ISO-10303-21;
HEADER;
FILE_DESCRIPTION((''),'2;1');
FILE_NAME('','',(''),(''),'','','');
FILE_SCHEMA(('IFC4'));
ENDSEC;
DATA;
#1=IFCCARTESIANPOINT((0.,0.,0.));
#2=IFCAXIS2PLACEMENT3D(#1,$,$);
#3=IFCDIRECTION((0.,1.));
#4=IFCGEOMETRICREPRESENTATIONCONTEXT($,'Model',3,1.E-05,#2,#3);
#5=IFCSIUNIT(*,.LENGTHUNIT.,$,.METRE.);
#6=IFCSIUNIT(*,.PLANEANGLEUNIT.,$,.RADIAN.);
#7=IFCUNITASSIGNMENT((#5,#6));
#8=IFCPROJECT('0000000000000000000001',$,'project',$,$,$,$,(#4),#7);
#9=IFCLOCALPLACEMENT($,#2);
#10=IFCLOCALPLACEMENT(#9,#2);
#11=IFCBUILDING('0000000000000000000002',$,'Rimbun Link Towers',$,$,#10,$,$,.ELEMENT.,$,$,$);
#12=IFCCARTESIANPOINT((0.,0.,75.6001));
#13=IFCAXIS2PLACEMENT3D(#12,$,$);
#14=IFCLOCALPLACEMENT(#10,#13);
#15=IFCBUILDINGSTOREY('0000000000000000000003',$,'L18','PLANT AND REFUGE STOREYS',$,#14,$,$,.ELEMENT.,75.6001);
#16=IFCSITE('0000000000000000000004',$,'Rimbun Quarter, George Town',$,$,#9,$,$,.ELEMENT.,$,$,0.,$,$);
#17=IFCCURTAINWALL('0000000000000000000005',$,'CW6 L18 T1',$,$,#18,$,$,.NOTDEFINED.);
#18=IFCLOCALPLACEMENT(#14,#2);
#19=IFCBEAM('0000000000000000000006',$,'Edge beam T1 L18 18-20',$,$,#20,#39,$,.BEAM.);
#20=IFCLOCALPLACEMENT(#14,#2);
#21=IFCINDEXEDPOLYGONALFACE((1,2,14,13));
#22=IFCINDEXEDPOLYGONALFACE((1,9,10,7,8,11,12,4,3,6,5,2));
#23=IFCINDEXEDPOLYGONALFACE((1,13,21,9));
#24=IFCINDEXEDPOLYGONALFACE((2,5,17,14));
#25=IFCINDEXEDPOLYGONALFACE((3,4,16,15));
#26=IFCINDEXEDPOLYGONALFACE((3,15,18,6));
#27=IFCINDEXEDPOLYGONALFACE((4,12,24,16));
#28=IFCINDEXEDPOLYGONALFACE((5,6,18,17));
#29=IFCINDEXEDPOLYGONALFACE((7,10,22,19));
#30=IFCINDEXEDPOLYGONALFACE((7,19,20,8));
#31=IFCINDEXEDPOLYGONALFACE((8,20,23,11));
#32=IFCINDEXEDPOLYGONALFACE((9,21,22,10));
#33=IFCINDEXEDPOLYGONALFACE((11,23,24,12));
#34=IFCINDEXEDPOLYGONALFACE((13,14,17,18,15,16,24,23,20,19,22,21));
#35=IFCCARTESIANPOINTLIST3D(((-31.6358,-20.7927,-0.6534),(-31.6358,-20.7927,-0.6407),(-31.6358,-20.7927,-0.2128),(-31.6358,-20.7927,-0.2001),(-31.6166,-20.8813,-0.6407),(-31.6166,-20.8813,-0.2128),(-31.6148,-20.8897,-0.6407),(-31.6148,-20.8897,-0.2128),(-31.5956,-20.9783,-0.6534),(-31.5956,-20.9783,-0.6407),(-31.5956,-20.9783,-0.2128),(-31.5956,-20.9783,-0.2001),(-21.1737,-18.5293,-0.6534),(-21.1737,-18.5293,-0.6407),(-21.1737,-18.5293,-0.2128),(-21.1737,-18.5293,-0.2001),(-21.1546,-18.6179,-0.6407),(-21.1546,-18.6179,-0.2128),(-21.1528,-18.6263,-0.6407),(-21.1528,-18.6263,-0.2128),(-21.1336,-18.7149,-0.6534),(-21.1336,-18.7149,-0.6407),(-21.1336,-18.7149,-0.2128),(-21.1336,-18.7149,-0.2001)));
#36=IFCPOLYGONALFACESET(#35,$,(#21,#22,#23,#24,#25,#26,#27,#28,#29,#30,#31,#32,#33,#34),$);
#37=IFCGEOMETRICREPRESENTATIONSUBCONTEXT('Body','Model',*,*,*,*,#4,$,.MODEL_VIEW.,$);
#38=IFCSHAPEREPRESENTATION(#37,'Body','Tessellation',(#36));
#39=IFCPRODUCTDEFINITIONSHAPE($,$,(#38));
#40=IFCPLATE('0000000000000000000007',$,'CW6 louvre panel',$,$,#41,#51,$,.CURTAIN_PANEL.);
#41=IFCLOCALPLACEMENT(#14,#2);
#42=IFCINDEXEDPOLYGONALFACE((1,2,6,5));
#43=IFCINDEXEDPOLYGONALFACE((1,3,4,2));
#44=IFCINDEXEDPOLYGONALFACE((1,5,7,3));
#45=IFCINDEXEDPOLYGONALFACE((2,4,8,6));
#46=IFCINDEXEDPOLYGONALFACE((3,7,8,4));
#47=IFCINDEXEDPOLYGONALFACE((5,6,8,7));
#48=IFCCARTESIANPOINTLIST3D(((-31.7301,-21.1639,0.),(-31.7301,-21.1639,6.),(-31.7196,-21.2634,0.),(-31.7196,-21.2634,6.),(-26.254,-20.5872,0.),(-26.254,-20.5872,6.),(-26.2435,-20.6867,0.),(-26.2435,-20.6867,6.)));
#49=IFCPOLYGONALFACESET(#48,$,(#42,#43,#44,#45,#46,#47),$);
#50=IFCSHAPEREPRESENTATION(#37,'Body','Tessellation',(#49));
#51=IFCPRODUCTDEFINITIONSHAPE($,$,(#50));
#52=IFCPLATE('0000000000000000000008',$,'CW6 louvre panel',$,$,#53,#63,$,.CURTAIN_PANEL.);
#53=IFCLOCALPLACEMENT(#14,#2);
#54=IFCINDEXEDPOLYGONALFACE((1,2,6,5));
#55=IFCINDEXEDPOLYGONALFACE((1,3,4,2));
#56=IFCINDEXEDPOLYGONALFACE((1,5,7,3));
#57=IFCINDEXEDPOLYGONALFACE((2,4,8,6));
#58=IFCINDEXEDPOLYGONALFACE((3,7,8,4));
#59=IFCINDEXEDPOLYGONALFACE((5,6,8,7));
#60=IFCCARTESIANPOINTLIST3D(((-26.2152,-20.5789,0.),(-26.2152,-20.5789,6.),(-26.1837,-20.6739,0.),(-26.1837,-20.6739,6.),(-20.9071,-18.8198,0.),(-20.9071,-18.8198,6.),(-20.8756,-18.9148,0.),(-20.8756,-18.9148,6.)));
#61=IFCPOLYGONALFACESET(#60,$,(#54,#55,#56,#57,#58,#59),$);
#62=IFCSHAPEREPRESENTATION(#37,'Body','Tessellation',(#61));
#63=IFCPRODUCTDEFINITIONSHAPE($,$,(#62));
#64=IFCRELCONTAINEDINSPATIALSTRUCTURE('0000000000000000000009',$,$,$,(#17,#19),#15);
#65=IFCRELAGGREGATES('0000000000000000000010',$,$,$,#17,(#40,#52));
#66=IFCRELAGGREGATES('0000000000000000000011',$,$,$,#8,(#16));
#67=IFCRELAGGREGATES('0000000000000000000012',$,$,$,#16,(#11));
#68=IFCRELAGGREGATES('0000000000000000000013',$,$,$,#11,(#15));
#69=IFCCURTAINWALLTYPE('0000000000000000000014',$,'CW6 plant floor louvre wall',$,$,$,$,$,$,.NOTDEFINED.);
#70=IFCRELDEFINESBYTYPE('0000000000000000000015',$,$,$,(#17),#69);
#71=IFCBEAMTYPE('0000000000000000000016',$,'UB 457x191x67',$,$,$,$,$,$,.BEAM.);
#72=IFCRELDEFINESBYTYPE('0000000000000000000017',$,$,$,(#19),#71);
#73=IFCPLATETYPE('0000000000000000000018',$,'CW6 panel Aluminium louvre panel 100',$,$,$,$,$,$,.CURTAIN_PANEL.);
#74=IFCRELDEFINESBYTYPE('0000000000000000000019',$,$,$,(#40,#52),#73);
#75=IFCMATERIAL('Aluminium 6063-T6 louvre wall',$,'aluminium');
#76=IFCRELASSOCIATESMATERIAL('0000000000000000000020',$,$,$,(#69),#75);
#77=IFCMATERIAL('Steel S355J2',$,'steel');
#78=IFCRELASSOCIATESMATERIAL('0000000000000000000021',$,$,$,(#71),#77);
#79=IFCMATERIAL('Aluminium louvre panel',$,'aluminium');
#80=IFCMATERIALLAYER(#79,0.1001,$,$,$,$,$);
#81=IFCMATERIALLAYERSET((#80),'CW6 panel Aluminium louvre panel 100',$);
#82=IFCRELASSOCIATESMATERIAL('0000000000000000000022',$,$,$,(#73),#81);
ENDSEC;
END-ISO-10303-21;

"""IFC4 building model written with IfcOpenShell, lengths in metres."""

from ifc_helpers import new_model, si_unit, direction, frame, origin, origin_2d, place, context, subcontext, project, spatial, rectangle, i_section, extrude, material, layer, layer_set, material_profile, profile_set, type_object, element, aggregate, save


model = new_model("IFC4")

# Units and contexts
model_context = context("Model", 3, precision=1e-05, world=origin(), true_north=direction((0.0, 1.0)))
body_context = subcontext(model_context, "Body", "Model", "MODEL_VIEW")
ifc_project = project(units=[si_unit("LENGTHUNIT", "METRE"), si_unit("PLANEANGLEUNIT", "RADIAN")], contexts=[model_context])

# Site, building, storey
site_placement = place(None, origin())
site = spatial("IfcSite", under=ifc_project, at=site_placement, Name="Rimbun Quarter, George Town", CompositionType="ELEMENT", RefElevation=0.0)
building_placement = place(site_placement, origin())
building = spatial("IfcBuilding", under=site, at=building_placement, Name="Rimbun Link Towers", CompositionType="ELEMENT")
storey_placement = place(building_placement, frame((0.0, 0.0, 75.6001)))
storey = spatial("IfcBuildingStorey", under=building, at=storey_placement, Name="L18", Description="PLANT AND REFUGE STOREYS", CompositionType="ELEMENT", Elevation=75.6001)

# Curtain wall
ifc_material_1 = material(Name="Aluminium 6063-T6 louvre wall", Category="aluminium")
curtain_wall_type = type_object("IfcCurtainWallType", Name="CW6 plant floor louvre wall", PredefinedType="NOTDEFINED", material=ifc_material_1)
curtain_wall_placement = place(storey_placement, origin())
curtain_wall = element("IfcCurtainWall", 1, at=curtain_wall_placement, inside=storey, type_object=curtain_wall_type, Name="CW6 L18 T1", PredefinedType="NOTDEFINED")

# Beam
ifc_material_2 = material(Name="Steel S355J2", Category="steel")
ifc_material_profile_1 = material_profile(ifc_material_2, i_section(OverallWidth=0.1899, OverallDepth=0.4534, WebThickness=0.0085, FlangeThickness=0.0127, at=origin_2d()), Name="UB 457x191x67")
ifc_profile_set_1 = profile_set([ifc_material_profile_1], Name="Steel S355J2")
beam_type_1 = type_object("IfcBeamType", Name="UB 457x191x67", PredefinedType="BEAM", material=ifc_profile_set_1)
beam_1_placement = place(storey_placement, frame((-31.6157, -20.8855, -0.4268), z_axis=(0.977388, 0.211452, 0.0), x_axis=(-0.211452, 0.977388, 0.0)))
element("IfcBeam", 2, at=beam_1_placement, inside=storey, type_object=beam_type_1, Name="Edge beam T1 L18 18-20", PredefinedType="BEAM", context=body_context, shape_type="SweptSolid", body=[
    extrude(i_section(OverallWidth=0.1899, OverallDepth=0.4534, WebThickness=0.0085, FlangeThickness=0.0127, at=origin_2d()), origin(), (0.0, 0.0, 1.0), 10.7041),
])

# Plates
ifc_material_3 = material(Name="Aluminium louvre panel", Category="aluminium")
ifc_layer = layer(ifc_material_3, 0.1001)
ifc_layer_set = layer_set([ifc_layer], Name="CW6 panel Aluminium louvre panel 100")
plate_type = type_object("IfcPlateType", Name="CW6 panel Aluminium louvre panel 100", PredefinedType="CURTAIN_PANEL", material=ifc_layer_set)
plate_1_placement = place(storey_placement, frame((-28.9868, -20.9253, 0.0), z_axis=(0.0, 0.0, 1.0), x_axis=(-0.9945, -0.104736, 0.0)))
plate_1 = element("IfcPlate", 3, at=plate_1_placement, type_object=plate_type, Name="CW6 louvre panel", PredefinedType="CURTAIN_PANEL", context=body_context, shape_type="SweptSolid", body=[
    extrude(rectangle(XDim=5.5063, YDim=0.1001, at=origin_2d()), origin(), (0.0, 0.0, 1.0), 6.0),
])
plate_2_placement = place(storey_placement, frame((-23.5454, -19.7468, 0.0), z_axis=(0.0, 0.0, 1.0), x_axis=(-0.949232, -0.314576, 0.0)))
plate_2 = element("IfcPlate", 4, at=plate_2_placement, type_object=plate_type, Name="CW6 louvre panel", PredefinedType="CURTAIN_PANEL", context=body_context, shape_type="SweptSolid", body=[
    extrude(rectangle(XDim=5.592, YDim=0.1001, at=origin_2d()), origin(), (0.0, 0.0, 1.0), 6.0),
])
aggregate(curtain_wall, [plate_1, plate_2])

save(model, "model.ifc")
